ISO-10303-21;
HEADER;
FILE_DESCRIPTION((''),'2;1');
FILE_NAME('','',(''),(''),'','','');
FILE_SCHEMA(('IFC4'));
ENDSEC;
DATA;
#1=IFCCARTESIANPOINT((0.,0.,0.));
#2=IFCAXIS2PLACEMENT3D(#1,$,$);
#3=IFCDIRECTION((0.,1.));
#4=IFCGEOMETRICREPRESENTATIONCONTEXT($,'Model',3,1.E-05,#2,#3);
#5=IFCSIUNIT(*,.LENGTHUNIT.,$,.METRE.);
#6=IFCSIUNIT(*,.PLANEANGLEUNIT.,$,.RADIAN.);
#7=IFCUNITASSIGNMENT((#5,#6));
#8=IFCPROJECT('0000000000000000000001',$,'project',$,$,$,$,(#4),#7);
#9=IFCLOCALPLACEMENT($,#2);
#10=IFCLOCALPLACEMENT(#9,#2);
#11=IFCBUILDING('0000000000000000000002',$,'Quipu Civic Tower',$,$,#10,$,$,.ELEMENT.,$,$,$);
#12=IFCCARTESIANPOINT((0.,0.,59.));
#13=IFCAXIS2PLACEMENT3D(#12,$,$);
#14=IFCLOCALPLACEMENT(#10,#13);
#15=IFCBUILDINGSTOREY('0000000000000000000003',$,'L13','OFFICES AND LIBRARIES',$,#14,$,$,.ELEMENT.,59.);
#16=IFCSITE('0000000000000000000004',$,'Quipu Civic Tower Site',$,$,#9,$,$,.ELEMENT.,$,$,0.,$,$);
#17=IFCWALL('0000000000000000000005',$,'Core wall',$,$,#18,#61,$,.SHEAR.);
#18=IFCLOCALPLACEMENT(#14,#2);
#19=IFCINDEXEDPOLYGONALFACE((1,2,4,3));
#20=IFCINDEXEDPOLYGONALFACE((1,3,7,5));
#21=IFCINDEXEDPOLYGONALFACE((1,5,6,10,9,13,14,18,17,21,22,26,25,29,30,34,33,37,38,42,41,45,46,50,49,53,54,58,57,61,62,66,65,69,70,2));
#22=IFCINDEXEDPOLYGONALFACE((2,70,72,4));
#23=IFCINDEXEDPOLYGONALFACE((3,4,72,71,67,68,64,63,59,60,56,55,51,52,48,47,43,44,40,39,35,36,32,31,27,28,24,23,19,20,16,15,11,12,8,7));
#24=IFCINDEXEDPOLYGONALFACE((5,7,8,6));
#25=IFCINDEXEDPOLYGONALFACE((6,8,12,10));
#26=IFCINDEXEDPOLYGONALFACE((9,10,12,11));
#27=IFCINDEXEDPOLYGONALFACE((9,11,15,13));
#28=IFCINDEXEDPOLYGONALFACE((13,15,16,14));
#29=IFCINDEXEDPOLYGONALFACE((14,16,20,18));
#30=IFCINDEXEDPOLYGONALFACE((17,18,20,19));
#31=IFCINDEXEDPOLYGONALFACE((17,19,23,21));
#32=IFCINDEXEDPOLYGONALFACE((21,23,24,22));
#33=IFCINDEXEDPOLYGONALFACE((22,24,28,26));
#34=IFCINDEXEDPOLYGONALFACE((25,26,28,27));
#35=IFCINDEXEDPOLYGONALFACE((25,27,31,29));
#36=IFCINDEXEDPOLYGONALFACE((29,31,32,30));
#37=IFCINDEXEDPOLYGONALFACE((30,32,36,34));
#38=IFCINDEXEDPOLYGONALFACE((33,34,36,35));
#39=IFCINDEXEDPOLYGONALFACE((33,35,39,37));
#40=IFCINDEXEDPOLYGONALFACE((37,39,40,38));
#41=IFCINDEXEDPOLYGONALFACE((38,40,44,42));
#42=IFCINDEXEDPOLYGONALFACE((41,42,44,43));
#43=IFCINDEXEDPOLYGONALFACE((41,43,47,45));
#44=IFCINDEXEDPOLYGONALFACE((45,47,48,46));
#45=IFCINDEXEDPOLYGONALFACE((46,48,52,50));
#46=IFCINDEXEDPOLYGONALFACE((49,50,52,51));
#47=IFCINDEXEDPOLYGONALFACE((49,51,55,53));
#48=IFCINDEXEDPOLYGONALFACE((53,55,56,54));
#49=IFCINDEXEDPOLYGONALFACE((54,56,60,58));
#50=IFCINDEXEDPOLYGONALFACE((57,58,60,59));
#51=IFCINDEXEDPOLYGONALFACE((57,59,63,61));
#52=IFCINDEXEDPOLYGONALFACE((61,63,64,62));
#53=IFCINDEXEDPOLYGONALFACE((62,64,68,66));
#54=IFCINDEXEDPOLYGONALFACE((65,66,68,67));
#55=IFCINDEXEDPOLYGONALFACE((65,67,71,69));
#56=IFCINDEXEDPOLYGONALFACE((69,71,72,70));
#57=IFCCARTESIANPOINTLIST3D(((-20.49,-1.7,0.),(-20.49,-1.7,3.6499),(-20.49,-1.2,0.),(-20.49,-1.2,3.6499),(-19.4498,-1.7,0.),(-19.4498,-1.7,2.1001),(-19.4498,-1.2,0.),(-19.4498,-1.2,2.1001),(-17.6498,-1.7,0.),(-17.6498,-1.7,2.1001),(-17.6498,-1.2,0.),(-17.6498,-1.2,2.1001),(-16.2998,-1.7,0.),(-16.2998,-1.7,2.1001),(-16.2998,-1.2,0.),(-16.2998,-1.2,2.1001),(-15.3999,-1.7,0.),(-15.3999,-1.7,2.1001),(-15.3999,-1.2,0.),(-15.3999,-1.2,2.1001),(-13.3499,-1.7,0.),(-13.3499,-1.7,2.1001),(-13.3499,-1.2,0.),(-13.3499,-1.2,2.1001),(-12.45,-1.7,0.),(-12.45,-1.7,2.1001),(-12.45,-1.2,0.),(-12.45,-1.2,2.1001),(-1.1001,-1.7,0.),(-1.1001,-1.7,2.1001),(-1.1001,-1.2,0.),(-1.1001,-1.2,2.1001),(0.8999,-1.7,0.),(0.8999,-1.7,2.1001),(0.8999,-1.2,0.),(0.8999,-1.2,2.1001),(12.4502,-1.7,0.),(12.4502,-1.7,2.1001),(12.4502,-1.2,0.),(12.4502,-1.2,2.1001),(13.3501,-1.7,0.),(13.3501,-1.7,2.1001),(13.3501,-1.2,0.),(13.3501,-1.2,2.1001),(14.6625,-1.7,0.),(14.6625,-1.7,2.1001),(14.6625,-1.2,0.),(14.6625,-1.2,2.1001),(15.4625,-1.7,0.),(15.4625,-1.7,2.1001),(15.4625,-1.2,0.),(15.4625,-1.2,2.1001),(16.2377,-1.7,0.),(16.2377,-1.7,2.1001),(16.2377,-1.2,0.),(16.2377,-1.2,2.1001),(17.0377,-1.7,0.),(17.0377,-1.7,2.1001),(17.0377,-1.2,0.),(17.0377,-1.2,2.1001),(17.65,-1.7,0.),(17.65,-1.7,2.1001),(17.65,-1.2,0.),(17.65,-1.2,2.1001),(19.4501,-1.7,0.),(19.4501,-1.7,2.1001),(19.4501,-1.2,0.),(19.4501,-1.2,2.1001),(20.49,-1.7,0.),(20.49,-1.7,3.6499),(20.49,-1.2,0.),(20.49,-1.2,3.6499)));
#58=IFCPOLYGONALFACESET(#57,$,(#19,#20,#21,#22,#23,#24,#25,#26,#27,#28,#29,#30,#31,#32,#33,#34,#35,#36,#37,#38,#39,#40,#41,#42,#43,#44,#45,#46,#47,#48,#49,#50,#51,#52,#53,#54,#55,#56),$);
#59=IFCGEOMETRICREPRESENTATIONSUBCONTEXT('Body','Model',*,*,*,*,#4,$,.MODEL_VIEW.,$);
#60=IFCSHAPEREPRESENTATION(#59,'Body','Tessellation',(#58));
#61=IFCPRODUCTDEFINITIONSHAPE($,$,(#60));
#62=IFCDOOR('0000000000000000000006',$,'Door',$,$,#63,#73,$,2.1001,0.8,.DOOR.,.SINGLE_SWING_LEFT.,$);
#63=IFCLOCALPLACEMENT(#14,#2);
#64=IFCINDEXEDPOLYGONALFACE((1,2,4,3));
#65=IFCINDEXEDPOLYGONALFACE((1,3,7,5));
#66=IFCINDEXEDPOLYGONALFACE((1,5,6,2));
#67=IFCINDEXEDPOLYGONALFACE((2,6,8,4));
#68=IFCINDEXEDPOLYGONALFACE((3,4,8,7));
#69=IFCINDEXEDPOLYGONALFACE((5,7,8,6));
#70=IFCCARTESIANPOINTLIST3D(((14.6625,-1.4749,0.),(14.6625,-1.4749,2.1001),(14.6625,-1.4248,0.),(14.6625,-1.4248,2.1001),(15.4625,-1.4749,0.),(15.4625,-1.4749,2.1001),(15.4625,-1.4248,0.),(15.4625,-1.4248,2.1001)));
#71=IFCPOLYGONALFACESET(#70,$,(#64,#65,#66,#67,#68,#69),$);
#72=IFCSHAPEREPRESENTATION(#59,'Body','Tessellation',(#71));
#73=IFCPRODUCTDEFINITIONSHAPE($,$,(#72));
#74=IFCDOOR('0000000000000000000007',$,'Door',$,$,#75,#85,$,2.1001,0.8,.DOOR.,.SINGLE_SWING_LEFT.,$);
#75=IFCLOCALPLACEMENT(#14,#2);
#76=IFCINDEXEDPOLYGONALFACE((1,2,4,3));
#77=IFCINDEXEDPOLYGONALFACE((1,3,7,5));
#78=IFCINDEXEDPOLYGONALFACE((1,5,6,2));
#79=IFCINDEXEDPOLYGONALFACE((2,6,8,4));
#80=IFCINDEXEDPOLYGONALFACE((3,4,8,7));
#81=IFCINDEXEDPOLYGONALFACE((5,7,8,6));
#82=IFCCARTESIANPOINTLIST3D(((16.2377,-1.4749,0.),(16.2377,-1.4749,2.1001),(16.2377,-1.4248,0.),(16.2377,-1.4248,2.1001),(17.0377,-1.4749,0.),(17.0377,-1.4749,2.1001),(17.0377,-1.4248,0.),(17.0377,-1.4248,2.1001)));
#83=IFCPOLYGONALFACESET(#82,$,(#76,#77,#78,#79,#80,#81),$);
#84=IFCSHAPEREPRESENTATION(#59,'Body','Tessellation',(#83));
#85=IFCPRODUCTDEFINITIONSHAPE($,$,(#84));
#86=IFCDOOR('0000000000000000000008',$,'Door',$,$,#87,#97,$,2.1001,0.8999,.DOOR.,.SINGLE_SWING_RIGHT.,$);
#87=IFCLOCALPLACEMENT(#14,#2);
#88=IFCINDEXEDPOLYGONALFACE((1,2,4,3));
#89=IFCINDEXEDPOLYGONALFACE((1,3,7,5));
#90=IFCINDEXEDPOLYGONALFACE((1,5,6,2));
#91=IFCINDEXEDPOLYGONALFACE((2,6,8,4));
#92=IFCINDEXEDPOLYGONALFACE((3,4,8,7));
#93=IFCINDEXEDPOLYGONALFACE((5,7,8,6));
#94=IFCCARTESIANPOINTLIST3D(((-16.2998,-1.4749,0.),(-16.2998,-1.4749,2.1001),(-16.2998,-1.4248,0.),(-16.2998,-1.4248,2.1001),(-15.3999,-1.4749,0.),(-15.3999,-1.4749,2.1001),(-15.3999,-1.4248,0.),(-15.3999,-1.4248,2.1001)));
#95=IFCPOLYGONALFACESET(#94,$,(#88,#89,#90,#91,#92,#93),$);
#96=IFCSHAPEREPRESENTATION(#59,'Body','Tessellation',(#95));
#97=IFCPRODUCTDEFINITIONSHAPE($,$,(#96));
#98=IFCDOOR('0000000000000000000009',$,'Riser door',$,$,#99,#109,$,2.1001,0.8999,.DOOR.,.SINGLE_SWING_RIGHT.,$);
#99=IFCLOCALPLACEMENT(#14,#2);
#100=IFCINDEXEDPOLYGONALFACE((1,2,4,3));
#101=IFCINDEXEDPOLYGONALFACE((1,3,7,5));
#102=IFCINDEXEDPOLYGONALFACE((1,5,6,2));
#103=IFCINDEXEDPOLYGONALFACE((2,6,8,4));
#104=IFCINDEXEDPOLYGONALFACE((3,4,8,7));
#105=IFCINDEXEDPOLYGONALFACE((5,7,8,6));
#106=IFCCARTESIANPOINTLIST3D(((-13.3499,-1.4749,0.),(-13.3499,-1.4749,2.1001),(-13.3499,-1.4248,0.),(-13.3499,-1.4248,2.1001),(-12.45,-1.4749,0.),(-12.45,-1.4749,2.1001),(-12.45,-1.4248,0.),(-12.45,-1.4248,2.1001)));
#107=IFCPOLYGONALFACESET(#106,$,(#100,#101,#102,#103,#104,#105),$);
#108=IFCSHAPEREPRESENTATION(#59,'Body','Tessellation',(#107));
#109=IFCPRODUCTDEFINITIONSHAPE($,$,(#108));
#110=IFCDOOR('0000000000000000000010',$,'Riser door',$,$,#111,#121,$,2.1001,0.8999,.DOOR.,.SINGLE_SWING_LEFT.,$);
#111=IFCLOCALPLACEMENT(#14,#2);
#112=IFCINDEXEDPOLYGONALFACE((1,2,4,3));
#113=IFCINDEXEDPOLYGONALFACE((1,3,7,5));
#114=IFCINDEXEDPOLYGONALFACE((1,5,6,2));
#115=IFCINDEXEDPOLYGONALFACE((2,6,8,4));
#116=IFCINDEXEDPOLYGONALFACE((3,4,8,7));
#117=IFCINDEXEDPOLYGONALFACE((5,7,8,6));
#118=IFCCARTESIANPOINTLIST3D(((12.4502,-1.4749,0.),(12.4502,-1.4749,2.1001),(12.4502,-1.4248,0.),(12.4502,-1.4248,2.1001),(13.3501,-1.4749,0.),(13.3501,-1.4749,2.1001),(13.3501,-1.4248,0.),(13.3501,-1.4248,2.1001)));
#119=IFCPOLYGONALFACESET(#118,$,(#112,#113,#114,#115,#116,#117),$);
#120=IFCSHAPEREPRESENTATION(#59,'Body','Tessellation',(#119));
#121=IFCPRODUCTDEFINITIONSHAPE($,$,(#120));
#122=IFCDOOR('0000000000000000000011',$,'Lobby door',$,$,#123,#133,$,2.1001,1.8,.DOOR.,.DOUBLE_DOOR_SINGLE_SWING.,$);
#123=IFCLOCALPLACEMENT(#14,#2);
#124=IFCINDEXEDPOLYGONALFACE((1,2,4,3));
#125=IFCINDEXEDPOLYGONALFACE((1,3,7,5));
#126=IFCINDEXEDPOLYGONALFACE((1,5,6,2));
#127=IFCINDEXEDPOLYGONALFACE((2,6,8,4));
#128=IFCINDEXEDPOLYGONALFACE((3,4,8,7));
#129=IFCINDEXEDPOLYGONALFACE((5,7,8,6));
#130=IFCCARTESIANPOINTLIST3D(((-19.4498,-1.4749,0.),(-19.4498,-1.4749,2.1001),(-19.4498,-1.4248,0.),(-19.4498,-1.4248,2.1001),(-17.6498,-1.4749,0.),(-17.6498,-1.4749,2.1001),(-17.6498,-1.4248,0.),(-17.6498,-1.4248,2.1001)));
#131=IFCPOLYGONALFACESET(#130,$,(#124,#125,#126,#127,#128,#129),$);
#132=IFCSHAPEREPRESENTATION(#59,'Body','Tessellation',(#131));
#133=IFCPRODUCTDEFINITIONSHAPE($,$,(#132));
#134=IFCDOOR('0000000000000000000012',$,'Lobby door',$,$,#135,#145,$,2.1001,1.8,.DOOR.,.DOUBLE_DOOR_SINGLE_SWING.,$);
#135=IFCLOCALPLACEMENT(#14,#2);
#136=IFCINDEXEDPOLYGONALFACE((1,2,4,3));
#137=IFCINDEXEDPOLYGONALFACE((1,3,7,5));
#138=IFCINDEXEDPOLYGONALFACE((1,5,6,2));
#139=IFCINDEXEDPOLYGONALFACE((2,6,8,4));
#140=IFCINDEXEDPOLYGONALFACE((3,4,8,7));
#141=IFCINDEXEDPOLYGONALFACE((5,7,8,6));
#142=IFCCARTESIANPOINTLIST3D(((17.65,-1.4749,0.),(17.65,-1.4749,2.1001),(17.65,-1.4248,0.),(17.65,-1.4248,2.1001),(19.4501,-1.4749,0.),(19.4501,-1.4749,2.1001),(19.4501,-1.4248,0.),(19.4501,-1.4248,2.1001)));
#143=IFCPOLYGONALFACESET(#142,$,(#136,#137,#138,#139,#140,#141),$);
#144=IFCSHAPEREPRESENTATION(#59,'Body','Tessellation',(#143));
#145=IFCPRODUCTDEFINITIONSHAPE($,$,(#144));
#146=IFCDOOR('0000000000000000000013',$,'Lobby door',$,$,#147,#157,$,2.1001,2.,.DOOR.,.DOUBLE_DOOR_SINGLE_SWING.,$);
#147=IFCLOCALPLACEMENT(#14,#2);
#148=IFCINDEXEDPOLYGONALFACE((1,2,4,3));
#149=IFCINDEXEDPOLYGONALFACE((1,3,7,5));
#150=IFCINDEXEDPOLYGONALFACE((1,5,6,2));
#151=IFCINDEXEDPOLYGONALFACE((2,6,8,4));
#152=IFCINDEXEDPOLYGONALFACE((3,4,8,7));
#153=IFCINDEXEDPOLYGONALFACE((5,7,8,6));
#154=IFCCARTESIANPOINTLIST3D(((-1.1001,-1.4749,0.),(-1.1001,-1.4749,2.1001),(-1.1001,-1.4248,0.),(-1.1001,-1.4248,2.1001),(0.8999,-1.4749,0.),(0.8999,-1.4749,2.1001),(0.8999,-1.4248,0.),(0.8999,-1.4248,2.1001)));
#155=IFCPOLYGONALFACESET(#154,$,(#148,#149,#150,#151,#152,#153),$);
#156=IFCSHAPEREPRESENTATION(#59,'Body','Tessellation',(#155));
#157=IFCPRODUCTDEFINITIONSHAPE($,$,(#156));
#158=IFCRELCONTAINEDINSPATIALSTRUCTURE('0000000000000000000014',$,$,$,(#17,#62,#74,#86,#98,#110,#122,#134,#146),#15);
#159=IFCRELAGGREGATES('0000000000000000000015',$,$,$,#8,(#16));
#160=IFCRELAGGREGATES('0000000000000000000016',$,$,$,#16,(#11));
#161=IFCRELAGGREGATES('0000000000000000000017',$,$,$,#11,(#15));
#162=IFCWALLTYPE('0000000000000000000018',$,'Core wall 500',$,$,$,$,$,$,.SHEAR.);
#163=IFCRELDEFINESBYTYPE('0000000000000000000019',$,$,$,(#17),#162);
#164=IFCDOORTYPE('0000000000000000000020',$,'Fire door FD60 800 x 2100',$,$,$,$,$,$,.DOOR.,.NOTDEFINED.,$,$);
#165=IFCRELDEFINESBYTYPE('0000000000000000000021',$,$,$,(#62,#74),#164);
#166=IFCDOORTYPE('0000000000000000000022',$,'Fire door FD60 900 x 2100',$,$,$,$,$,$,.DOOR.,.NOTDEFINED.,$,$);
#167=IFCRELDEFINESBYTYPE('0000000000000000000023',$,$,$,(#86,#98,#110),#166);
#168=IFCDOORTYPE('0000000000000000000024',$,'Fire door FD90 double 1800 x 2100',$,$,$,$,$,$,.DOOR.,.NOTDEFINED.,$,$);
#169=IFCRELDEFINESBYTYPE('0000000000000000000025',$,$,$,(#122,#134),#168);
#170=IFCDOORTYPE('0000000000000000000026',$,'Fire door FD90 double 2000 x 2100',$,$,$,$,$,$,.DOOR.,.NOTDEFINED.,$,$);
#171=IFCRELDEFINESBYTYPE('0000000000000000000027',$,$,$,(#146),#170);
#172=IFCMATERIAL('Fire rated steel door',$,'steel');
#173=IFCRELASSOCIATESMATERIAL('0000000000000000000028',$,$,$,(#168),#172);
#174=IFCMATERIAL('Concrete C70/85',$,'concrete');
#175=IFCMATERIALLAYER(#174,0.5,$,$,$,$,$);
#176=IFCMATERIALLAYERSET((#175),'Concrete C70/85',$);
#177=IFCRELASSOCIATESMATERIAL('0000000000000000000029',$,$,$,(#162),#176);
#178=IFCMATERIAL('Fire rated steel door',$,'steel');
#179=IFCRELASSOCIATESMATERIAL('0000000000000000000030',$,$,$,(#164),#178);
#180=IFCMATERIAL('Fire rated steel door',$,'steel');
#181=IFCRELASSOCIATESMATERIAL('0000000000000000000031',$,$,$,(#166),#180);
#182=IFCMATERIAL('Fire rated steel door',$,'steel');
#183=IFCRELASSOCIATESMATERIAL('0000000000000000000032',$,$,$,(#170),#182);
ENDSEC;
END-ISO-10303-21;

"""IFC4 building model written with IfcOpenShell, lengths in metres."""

from ifc_helpers import new_model, si_unit, direction, frame, frame_2d, origin, place, context, subcontext, project, spatial, rectangle, extrude, material, layer, layer_set, type_object, element, fill, save


model = new_model("IFC4")

# Units and contexts
model_context = context("Model", 3, precision=1e-05, world=origin(), true_north=direction((0.0, 1.0)))
body_context = subcontext(model_context, "Body", "Model", "MODEL_VIEW")
ifc_project = project(units=[si_unit("LENGTHUNIT", "METRE"), si_unit("PLANEANGLEUNIT", "RADIAN")], contexts=[model_context])

# Site, building, storey
site_placement = place(None, origin())
site = spatial("IfcSite", under=ifc_project, at=site_placement, Name="Quipu Civic Tower Site", CompositionType="ELEMENT", RefElevation=0.0)
building_placement = place(site_placement, origin())
building = spatial("IfcBuilding", under=site, at=building_placement, Name="Quipu Civic Tower", CompositionType="ELEMENT")
storey_placement = place(building_placement, frame((0.0, 0.0, 59.0)))
storey = spatial("IfcBuildingStorey", under=building, at=storey_placement, Name="L13", Description="OFFICES AND LIBRARIES", CompositionType="ELEMENT", Elevation=59.0)

# Shared definitions
ifc_material_1 = material(Name="Fire rated steel door", Category="steel")
door_type_1 = type_object("IfcDoorType", Name="Fire door FD90 double 1800 x 2100", OperationType="NOTDEFINED", PredefinedType="DOOR", material=ifc_material_1)

# Wall, openings, doors
ifc_material_2 = material(Name="Concrete C70/85", Category="concrete")
ifc_layer_1 = layer(ifc_material_2, 0.5)
ifc_layer_set_1 = layer_set([ifc_layer_1], Name="Concrete C70/85")
wall_type_1 = type_object("IfcWallType", Name="Core wall 500", PredefinedType="SHEAR", material=ifc_layer_set_1)
wall_1_placement = place(storey_placement, frame((20.49, -1.45, 0.0), z_axis=(0.0, 0.0, 1.0), x_axis=(-1.0, 0.0, 0.0)))
wall_1 = element("IfcWall", 1, at=wall_1_placement, inside=storey, type_object=wall_type_1, Name="Core wall", PredefinedType="SHEAR", context=body_context, shape_type="SweptSolid", body=[
    extrude(rectangle(XDim=40.98, YDim=0.5, at=frame_2d((20.49, 0.0))), origin(), (0.0, 0.0, 1.0), 3.6499),
])
opening_1_placement = place(wall_1_placement, frame((38.1399, 0.0, 0.0)))
opening_1 = element("IfcOpeningElement", 2, at=opening_1_placement, cuts=wall_1, PredefinedType="OPENING", context=body_context, shape_type="SweptSolid", body=[
    extrude(rectangle(XDim=1.8, YDim=2.1001, at=frame_2d((0.8999, 1.05))), frame((0.0, 0.26, 0.0), z_axis=(0.0, -1.0, 0.0), x_axis=(1.0, 0.0, 0.0)), (0.0, 0.0, 1.0), 0.52),
])
opening_2_placement = place(wall_1_placement, frame((35.8899, 0.0, 0.0)))
opening_2 = element("IfcOpeningElement", 3, at=opening_2_placement, cuts=wall_1, PredefinedType="OPENING", context=body_context, shape_type="SweptSolid", body=[
    extrude(rectangle(XDim=0.8999, YDim=2.1001, at=frame_2d((0.45, 1.05))), frame((0.0, 0.26, 0.0), z_axis=(0.0, -1.0, 0.0), x_axis=(1.0, 0.0, 0.0)), (0.0, 0.0, 1.0), 0.52),
])
opening_3_placement = place(wall_1_placement, frame((32.9399, 0.0, 0.0)))
opening_3 = element("IfcOpeningElement", 4, at=opening_3_placement, cuts=wall_1, PredefinedType="OPENING", context=body_context, shape_type="SweptSolid", body=[
    extrude(rectangle(XDim=0.8999, YDim=2.1001, at=frame_2d((0.45, 1.05))), frame((0.0, 0.26, 0.0), z_axis=(0.0, -1.0, 0.0), x_axis=(1.0, 0.0, 0.0)), (0.0, 0.0, 1.0), 0.52),
])
opening_4_placement = place(wall_1_placement, frame((19.5901, 0.0, 0.0)))
opening_4 = element("IfcOpeningElement", 5, at=opening_4_placement, cuts=wall_1, PredefinedType="OPENING", context=body_context, shape_type="SweptSolid", body=[
    extrude(rectangle(XDim=2.0, YDim=2.1001, at=frame_2d((1.0, 1.05))), frame((0.0, 0.26, 0.0), z_axis=(0.0, -1.0, 0.0), x_axis=(1.0, 0.0, 0.0)), (0.0, 0.0, 1.0), 0.52),
])
opening_5_placement = place(wall_1_placement, frame((7.1399, 0.0, 0.0)))
opening_5 = element("IfcOpeningElement", 6, at=opening_5_placement, cuts=wall_1, PredefinedType="OPENING", context=body_context, shape_type="SweptSolid", body=[
    extrude(rectangle(XDim=0.8999, YDim=2.1001, at=frame_2d((0.45, 1.05))), frame((0.0, 0.26, 0.0), z_axis=(0.0, -1.0, 0.0), x_axis=(1.0, 0.0, 0.0)), (0.0, 0.0, 1.0), 0.52),
])
opening_6_placement = place(wall_1_placement, frame((5.0276, 0.0, 0.0)))
opening_6 = element("IfcOpeningElement", 7, at=opening_6_placement, cuts=wall_1, PredefinedType="OPENING", context=body_context, shape_type="SweptSolid", body=[
    extrude(rectangle(XDim=0.8, YDim=2.1001, at=frame_2d((0.3999, 1.05))), frame((0.0, 0.26, 0.0), z_axis=(0.0, -1.0, 0.0), x_axis=(1.0, 0.0, 0.0)), (0.0, 0.0, 1.0), 0.52),
])
opening_7_placement = place(wall_1_placement, frame((3.4524, 0.0, 0.0)))
opening_7 = element("IfcOpeningElement", 8, at=opening_7_placement, cuts=wall_1, PredefinedType="OPENING", context=body_context, shape_type="SweptSolid", body=[
    extrude(rectangle(XDim=0.8, YDim=2.1001, at=frame_2d((0.3999, 1.05))), frame((0.0, 0.26, 0.0), z_axis=(0.0, -1.0, 0.0), x_axis=(1.0, 0.0, 0.0)), (0.0, 0.0, 1.0), 0.52),
])
opening_8_placement = place(wall_1_placement, frame((1.04, 0.0, 0.0)))
opening_8 = element("IfcOpeningElement", 9, at=opening_8_placement, cuts=wall_1, PredefinedType="OPENING", context=body_context, shape_type="SweptSolid", body=[
    extrude(rectangle(XDim=1.8, YDim=2.1001, at=frame_2d((0.8999, 1.05))), frame((0.0, 0.26, 0.0), z_axis=(0.0, -1.0, 0.0), x_axis=(1.0, 0.0, 0.0)), (0.0, 0.0, 1.0), 0.52),
])
ifc_material_3 = material(Name="Fire rated steel door", Category="steel")
door_type_2 = type_object("IfcDoorType", Name="Fire door FD60 800 x 2100", OperationType="NOTDEFINED", PredefinedType="DOOR", material=ifc_material_3)
door_1_placement = place(opening_6_placement, origin())
door_1 = element("IfcDoor", 10, at=door_1_placement, inside=storey, type_object=door_type_2, Name="Door", OperationType="SINGLE_SWING_LEFT", OverallHeight=2.1001, OverallWidth=0.8, PredefinedType="DOOR", context=body_context, shape_type="SweptSolid", body=[
    extrude(rectangle(XDim=0.8, YDim=2.1001, at=frame_2d((0.3999, 1.05))), frame((0.0, 0.0249, 0.0), z_axis=(0.0, -1.0, 0.0), x_axis=(1.0, 0.0, 0.0)), (0.0, 0.0, 1.0), 0.05),
])
fill(opening_6, door_1)
door_2_placement = place(opening_7_placement, origin())
door_2 = element("IfcDoor", 11, at=door_2_placement, inside=storey, type_object=door_type_2, Name="Door", OperationType="SINGLE_SWING_LEFT", OverallHeight=2.1001, OverallWidth=0.8, PredefinedType="DOOR", context=body_context, shape_type="SweptSolid", body=[
    extrude(rectangle(XDim=0.8, YDim=2.1001, at=frame_2d((0.3999, 1.05))), frame((0.0, 0.0249, 0.0), z_axis=(0.0, -1.0, 0.0), x_axis=(1.0, 0.0, 0.0)), (0.0, 0.0, 1.0), 0.05),
])
fill(opening_7, door_2)
ifc_material_4 = material(Name="Fire rated steel door", Category="steel")
door_type_3 = type_object("IfcDoorType", Name="Fire door FD60 900 x 2100", OperationType="NOTDEFINED", PredefinedType="DOOR", material=ifc_material_4)
door_3_placement = place(opening_2_placement, origin())
door_3 = element("IfcDoor", 12, at=door_3_placement, inside=storey, type_object=door_type_3, Name="Door", OperationType="SINGLE_SWING_RIGHT", OverallHeight=2.1001, OverallWidth=0.8999, PredefinedType="DOOR", context=body_context, shape_type="SweptSolid", body=[
    extrude(rectangle(XDim=0.8999, YDim=2.1001, at=frame_2d((0.45, 1.05))), frame((0.0, 0.0249, 0.0), z_axis=(0.0, -1.0, 0.0), x_axis=(1.0, 0.0, 0.0)), (0.0, 0.0, 1.0), 0.05),
])
fill(opening_2, door_3)
door_4_placement = place(opening_3_placement, origin())
door_4 = element("IfcDoor", 13, at=door_4_placement, inside=storey, type_object=door_type_3, Name="Riser door", OperationType="SINGLE_SWING_RIGHT", OverallHeight=2.1001, OverallWidth=0.8999, PredefinedType="DOOR", context=body_context, shape_type="SweptSolid", body=[
    extrude(rectangle(XDim=0.8999, YDim=2.1001, at=frame_2d((0.45, 1.05))), frame((0.0, 0.0249, 0.0), z_axis=(0.0, -1.0, 0.0), x_axis=(1.0, 0.0, 0.0)), (0.0, 0.0, 1.0), 0.05),
])
fill(opening_3, door_4)
door_5_placement = place(opening_5_placement, origin())
door_5 = element("IfcDoor", 14, at=door_5_placement, inside=storey, type_object=door_type_3, Name="Riser door", OperationType="SINGLE_SWING_LEFT", OverallHeight=2.1001, OverallWidth=0.8999, PredefinedType="DOOR", context=body_context, shape_type="SweptSolid", body=[
    extrude(rectangle(XDim=0.8999, YDim=2.1001, at=frame_2d((0.45, 1.05))), frame((0.0, 0.0249, 0.0), z_axis=(0.0, -1.0, 0.0), x_axis=(1.0, 0.0, 0.0)), (0.0, 0.0, 1.0), 0.05),
])
fill(opening_5, door_5)
door_6_placement = place(opening_1_placement, origin())
door_6 = element("IfcDoor", 15, at=door_6_placement, inside=storey, type_object=door_type_1, Name="Lobby door", OperationType="DOUBLE_DOOR_SINGLE_SWING", OverallHeight=2.1001, OverallWidth=1.8, PredefinedType="DOOR", context=body_context, shape_type="SweptSolid", body=[
    extrude(rectangle(XDim=1.8, YDim=2.1001, at=frame_2d((0.8999, 1.05))), frame((0.0, 0.0249, 0.0), z_axis=(0.0, -1.0, 0.0), x_axis=(1.0, 0.0, 0.0)), (0.0, 0.0, 1.0), 0.05),
])
fill(opening_1, door_6)
door_7_placement = place(opening_8_placement, origin())
door_7 = element("IfcDoor", 16, at=door_7_placement, inside=storey, type_object=door_type_1, Name="Lobby door", OperationType="DOUBLE_DOOR_SINGLE_SWING", OverallHeight=2.1001, OverallWidth=1.8, PredefinedType="DOOR", context=body_context, shape_type="SweptSolid", body=[
    extrude(rectangle(XDim=1.8, YDim=2.1001, at=frame_2d((0.8999, 1.05))), frame((0.0, 0.0249, 0.0), z_axis=(0.0, -1.0, 0.0), x_axis=(1.0, 0.0, 0.0)), (0.0, 0.0, 1.0), 0.05),
])
fill(opening_8, door_7)
ifc_material_5 = material(Name="Fire rated steel door", Category="steel")
door_type_4 = type_object("IfcDoorType", Name="Fire door FD90 double 2000 x 2100", OperationType="NOTDEFINED", PredefinedType="DOOR", material=ifc_material_5)
door_8_placement = place(opening_4_placement, origin())
door_8 = element("IfcDoor", 17, at=door_8_placement, inside=storey, type_object=door_type_4, Name="Lobby door", OperationType="DOUBLE_DOOR_SINGLE_SWING", OverallHeight=2.1001, OverallWidth=2.0, PredefinedType="DOOR", context=body_context, shape_type="SweptSolid", body=[
    extrude(rectangle(XDim=2.0, YDim=2.1001, at=frame_2d((1.0, 1.05))), frame((0.0, 0.0249, 0.0), z_axis=(0.0, -1.0, 0.0), x_axis=(1.0, 0.0, 0.0)), (0.0, 0.0, 1.0), 0.05),
])
fill(opening_4, door_8)

save(model, "model.ifc")
